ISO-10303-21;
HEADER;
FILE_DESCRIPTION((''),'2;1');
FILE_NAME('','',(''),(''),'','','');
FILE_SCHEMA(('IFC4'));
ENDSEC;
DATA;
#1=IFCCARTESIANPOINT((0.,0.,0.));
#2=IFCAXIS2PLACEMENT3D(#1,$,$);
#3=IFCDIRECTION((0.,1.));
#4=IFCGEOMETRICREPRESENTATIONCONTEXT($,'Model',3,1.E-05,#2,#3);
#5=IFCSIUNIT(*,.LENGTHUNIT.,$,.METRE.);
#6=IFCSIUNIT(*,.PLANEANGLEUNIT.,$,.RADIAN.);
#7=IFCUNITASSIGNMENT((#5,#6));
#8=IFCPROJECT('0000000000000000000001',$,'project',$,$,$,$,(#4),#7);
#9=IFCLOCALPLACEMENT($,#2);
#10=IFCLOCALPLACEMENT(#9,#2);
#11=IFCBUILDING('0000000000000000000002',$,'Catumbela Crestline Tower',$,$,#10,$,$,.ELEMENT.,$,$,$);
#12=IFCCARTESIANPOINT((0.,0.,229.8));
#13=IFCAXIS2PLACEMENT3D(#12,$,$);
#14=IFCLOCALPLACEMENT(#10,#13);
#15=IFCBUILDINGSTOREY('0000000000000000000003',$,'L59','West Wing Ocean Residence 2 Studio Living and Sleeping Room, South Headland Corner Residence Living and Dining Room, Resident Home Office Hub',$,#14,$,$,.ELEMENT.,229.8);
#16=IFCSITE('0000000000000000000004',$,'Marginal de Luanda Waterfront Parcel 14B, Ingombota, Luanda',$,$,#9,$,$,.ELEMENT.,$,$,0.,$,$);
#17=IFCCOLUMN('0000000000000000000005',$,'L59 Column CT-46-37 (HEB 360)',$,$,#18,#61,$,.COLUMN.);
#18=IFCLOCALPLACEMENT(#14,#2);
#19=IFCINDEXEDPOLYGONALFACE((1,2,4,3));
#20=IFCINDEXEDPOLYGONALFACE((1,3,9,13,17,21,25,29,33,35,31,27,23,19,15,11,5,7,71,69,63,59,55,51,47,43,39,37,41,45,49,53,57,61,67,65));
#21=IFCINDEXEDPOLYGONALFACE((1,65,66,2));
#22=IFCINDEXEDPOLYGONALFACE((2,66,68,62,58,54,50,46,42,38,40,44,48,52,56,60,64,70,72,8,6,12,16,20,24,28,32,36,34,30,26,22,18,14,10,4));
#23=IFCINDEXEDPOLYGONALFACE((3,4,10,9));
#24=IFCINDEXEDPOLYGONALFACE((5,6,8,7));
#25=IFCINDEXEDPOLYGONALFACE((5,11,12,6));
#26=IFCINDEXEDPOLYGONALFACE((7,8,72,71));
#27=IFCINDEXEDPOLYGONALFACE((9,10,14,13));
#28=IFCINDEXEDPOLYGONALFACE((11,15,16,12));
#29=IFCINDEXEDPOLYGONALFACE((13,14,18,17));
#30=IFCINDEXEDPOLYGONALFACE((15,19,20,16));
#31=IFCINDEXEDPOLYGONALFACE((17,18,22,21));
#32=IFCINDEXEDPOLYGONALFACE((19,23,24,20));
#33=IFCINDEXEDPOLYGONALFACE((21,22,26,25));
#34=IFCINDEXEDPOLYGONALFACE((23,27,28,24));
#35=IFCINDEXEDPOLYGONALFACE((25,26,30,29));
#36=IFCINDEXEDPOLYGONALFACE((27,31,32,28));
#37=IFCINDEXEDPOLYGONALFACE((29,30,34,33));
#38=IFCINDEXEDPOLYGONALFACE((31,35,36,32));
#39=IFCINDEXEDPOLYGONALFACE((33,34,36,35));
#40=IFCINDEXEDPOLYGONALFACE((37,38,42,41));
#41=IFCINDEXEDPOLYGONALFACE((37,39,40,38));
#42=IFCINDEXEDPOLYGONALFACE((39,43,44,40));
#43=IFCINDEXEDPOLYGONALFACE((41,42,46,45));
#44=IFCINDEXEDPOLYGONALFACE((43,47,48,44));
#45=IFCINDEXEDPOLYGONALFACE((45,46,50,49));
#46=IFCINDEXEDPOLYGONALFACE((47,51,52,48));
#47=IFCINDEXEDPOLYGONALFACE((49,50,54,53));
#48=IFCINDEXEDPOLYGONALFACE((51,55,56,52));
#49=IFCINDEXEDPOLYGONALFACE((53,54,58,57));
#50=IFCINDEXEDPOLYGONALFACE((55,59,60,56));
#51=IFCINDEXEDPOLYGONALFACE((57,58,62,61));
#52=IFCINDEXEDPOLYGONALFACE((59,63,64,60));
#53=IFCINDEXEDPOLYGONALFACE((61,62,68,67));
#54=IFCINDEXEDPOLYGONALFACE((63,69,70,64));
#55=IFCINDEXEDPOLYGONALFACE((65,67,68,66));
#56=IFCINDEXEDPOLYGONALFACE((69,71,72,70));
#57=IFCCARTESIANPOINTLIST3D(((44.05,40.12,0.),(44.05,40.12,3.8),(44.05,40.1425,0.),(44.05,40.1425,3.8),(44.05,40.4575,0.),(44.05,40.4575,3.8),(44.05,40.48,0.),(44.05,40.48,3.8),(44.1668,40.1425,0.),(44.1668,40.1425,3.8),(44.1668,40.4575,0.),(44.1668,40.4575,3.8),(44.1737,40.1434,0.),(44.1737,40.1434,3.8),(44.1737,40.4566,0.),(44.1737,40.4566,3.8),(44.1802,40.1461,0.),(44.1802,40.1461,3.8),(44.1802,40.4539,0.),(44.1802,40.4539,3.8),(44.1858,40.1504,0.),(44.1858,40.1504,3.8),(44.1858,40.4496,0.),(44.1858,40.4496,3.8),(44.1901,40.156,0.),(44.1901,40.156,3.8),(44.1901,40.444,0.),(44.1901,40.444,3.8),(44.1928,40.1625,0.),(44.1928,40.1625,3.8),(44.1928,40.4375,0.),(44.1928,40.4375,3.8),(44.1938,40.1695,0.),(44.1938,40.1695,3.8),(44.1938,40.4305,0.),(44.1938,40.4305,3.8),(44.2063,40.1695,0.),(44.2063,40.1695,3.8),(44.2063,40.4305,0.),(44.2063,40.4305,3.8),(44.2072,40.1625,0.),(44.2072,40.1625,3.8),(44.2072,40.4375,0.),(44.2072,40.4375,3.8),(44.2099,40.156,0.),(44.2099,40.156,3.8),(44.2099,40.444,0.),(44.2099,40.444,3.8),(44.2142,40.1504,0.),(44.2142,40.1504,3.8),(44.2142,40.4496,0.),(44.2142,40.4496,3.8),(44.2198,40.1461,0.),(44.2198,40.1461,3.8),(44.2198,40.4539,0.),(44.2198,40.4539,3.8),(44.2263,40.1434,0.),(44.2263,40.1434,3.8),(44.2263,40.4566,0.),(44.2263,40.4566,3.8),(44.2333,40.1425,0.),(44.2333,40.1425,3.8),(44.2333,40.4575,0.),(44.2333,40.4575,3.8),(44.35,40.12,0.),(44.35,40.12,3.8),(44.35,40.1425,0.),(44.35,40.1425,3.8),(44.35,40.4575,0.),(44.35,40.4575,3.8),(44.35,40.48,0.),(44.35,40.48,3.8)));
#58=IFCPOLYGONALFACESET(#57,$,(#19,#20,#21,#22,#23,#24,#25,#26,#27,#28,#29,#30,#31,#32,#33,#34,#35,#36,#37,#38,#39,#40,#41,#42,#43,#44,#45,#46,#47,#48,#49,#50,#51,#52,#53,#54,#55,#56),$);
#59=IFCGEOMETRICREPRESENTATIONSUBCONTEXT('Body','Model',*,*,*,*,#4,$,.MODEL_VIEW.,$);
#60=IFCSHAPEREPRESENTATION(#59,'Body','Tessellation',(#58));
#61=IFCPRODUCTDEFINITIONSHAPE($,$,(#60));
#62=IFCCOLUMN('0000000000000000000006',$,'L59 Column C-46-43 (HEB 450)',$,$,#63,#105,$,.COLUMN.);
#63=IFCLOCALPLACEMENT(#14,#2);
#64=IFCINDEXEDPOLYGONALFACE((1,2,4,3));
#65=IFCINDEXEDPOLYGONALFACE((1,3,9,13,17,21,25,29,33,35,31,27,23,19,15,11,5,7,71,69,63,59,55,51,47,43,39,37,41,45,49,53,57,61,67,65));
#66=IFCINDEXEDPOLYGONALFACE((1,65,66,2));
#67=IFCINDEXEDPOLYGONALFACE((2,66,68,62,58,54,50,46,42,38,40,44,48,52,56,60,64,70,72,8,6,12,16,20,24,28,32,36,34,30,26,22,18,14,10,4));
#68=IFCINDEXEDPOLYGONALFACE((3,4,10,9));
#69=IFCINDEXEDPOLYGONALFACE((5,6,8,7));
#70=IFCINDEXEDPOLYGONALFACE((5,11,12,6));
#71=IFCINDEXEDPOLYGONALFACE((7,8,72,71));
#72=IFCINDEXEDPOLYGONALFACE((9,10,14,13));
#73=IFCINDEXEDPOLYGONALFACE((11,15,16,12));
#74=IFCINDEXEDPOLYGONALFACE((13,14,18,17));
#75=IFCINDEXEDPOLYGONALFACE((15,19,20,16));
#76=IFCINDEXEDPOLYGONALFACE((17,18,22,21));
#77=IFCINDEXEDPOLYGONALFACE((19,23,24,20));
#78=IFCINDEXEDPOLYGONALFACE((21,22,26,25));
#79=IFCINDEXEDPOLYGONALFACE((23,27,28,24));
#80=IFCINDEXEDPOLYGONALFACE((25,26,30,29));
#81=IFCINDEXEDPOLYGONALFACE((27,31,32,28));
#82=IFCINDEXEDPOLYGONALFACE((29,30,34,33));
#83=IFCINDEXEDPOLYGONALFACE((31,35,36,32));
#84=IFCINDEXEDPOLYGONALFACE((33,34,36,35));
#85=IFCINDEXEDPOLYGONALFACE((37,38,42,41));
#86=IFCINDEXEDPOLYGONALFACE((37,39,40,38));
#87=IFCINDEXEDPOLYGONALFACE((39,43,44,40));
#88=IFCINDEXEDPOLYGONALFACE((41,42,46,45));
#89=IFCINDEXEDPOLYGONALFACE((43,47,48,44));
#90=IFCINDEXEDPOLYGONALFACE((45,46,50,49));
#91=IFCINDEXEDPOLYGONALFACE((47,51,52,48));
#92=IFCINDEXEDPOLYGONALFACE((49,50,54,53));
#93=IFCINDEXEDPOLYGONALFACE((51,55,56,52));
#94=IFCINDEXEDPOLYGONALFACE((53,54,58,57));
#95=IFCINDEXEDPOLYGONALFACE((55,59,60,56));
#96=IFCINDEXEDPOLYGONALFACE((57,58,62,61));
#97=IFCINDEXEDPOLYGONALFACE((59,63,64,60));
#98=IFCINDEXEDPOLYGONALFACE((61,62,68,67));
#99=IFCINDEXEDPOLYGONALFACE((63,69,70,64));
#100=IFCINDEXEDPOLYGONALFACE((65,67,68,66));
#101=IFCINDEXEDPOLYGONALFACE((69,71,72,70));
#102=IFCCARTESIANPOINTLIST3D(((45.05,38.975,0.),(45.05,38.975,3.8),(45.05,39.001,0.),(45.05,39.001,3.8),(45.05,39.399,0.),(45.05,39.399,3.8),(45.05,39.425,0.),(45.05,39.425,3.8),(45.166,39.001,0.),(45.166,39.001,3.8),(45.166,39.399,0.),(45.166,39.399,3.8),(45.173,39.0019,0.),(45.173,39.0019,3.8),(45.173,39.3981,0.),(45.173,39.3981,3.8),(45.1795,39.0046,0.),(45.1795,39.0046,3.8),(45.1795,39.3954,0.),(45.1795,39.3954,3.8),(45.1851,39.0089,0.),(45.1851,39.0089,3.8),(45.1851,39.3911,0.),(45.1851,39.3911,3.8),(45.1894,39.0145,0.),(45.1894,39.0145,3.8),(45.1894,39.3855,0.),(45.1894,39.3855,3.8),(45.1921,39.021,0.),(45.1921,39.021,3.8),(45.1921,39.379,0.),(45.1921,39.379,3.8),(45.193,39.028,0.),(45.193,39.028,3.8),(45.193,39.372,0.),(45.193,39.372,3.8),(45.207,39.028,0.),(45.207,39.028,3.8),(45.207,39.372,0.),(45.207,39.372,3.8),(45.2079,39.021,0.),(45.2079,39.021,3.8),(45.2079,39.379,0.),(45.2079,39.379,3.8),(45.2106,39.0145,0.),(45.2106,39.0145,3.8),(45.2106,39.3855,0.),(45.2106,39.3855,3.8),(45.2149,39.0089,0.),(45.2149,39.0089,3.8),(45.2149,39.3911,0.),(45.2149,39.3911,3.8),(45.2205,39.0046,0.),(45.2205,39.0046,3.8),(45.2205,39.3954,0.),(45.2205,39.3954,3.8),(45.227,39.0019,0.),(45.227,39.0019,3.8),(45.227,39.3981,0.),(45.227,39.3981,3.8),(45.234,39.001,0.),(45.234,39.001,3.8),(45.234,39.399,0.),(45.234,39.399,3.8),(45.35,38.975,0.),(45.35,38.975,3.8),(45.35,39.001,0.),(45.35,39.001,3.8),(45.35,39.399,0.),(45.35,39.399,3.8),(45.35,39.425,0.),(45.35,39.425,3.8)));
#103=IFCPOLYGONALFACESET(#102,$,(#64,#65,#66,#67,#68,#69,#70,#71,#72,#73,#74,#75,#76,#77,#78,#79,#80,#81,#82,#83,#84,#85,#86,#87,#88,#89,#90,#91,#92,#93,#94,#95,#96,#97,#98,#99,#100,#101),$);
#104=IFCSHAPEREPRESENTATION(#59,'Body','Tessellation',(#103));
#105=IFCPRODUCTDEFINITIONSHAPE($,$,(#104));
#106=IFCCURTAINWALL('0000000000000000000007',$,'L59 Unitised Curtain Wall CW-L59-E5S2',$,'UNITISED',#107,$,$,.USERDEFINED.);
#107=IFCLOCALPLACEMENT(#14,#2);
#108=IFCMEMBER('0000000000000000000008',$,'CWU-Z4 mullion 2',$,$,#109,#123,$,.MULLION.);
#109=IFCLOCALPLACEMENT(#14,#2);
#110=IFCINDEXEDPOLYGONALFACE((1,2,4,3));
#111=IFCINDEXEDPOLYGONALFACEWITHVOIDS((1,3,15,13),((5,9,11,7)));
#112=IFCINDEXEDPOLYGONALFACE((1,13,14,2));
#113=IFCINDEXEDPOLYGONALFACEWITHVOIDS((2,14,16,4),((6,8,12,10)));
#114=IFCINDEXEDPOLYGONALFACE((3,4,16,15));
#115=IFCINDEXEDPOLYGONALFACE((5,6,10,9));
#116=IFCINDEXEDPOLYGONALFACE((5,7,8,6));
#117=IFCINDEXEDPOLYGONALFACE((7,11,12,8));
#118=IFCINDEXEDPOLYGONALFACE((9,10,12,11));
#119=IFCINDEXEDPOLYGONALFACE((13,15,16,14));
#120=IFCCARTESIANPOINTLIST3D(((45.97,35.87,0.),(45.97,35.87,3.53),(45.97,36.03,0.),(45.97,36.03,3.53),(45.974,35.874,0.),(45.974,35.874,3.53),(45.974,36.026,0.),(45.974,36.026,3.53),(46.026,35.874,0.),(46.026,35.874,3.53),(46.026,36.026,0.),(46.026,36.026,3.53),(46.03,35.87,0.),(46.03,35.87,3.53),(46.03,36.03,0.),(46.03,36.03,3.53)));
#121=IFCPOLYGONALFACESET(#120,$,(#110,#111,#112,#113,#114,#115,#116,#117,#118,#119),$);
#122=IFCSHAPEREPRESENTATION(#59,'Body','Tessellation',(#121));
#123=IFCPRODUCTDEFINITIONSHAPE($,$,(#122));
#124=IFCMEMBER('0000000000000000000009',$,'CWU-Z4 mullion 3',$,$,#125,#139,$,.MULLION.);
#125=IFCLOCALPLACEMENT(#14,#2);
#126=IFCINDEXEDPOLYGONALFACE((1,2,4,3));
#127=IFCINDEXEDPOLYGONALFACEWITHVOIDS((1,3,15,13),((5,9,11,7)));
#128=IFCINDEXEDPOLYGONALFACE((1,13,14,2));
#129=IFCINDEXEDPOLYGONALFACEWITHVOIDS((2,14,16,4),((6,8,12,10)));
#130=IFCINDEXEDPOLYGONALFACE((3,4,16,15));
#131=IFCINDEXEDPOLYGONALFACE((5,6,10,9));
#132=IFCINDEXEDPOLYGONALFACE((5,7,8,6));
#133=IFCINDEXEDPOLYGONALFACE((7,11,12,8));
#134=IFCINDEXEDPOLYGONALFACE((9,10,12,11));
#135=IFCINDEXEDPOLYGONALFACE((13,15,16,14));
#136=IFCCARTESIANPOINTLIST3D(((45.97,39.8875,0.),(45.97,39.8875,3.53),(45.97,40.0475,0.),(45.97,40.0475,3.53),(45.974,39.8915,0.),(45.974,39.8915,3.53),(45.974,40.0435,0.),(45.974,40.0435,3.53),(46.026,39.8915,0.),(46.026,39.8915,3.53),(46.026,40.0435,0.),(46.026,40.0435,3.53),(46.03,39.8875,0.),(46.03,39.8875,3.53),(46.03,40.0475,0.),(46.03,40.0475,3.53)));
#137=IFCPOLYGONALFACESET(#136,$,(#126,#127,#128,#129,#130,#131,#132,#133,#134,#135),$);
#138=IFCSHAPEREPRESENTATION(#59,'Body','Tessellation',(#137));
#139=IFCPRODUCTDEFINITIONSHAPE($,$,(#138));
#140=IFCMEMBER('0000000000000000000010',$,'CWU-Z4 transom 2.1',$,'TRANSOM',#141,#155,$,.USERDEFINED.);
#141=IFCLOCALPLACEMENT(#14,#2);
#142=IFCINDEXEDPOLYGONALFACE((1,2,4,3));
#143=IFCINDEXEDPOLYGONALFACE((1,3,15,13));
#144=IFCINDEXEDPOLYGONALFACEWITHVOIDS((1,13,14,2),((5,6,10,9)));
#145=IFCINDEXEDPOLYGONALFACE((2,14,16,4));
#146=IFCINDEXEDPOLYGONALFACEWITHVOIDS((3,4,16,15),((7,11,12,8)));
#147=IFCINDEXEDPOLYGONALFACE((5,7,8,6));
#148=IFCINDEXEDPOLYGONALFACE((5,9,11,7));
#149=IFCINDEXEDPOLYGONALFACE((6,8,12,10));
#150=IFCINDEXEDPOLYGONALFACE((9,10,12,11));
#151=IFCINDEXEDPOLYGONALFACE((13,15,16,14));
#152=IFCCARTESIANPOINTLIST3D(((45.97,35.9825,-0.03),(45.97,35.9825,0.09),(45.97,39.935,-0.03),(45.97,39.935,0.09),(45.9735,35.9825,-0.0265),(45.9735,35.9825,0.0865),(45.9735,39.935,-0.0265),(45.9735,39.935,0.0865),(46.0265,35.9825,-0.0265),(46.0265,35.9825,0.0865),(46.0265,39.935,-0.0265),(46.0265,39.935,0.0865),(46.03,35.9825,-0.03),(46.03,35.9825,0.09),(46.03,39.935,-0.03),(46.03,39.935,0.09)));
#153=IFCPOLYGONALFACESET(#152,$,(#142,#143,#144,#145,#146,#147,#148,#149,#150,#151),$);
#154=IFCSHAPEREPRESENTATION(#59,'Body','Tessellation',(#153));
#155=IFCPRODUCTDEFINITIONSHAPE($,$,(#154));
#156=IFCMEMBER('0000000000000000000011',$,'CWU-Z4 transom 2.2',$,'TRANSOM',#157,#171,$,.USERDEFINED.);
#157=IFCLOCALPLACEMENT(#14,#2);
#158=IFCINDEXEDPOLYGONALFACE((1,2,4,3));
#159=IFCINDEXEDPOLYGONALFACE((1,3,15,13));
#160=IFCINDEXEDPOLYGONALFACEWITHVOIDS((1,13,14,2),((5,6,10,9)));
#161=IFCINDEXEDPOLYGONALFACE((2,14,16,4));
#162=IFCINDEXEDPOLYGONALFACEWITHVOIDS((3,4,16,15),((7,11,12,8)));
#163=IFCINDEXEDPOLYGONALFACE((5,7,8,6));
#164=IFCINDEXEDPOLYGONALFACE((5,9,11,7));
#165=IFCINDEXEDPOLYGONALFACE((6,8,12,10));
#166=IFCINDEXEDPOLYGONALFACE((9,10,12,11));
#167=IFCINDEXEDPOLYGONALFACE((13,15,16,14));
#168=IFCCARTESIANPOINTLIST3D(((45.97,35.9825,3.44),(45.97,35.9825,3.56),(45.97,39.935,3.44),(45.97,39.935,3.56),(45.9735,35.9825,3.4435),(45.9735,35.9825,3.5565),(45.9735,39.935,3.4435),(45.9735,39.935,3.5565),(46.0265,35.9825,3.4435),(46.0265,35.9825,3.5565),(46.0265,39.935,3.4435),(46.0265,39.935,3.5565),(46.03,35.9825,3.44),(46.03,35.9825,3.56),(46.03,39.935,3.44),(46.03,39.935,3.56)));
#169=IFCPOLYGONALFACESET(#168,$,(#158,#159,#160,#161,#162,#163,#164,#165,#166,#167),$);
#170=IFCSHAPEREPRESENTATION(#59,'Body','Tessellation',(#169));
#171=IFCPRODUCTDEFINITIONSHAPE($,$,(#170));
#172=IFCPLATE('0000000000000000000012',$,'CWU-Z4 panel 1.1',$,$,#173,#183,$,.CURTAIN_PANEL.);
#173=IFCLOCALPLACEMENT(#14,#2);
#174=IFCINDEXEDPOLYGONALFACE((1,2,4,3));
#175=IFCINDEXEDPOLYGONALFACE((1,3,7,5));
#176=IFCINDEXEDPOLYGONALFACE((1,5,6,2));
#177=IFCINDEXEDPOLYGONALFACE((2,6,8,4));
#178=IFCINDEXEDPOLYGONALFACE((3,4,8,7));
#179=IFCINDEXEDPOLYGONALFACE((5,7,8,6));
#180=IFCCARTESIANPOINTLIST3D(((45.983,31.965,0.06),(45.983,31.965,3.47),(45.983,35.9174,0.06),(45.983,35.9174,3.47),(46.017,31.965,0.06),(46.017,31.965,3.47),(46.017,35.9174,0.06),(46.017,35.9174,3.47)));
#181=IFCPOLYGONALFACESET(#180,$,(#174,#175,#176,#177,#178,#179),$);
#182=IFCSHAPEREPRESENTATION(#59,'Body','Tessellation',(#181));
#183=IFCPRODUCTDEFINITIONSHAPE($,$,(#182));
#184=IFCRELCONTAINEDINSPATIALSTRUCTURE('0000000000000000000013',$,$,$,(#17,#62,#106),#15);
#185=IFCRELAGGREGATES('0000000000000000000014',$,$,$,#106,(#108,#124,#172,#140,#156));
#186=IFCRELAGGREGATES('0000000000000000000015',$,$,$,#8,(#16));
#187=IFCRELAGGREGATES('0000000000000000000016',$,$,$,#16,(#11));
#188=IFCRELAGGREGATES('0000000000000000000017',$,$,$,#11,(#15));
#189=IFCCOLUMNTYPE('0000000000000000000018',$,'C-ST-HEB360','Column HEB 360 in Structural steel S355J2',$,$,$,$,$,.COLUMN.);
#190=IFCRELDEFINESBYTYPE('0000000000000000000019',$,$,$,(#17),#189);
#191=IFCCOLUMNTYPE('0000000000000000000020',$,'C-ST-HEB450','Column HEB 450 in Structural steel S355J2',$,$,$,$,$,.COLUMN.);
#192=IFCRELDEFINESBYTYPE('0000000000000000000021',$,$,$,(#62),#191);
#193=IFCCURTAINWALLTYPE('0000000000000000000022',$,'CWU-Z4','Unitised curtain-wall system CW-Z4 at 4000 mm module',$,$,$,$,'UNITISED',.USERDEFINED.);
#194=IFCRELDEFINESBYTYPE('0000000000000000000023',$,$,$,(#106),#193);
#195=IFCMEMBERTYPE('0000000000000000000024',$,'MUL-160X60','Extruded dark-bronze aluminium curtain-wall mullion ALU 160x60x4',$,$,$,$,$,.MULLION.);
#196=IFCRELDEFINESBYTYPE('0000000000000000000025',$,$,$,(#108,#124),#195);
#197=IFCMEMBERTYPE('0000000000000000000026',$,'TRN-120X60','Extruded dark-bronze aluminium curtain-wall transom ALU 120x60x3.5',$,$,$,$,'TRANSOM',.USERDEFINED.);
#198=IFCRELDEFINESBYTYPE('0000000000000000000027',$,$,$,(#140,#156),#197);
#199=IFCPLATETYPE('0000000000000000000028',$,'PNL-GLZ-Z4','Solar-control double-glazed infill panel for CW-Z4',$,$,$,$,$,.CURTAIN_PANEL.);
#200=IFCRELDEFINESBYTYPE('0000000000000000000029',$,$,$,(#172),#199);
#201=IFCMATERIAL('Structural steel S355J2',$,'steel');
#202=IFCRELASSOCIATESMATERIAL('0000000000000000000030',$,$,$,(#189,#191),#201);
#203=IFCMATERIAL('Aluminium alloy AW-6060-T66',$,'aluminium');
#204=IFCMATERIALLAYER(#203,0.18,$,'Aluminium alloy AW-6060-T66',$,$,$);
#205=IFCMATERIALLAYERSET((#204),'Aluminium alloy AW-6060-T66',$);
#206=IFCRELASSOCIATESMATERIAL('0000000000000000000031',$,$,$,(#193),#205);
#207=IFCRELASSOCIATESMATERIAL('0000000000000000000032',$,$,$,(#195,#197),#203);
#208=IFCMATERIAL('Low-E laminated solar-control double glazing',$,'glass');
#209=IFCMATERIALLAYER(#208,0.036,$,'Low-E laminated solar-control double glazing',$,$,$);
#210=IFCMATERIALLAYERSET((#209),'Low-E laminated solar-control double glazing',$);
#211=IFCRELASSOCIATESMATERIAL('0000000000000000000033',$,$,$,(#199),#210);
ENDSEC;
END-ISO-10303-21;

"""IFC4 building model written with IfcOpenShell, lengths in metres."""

from ifc_helpers import new_model, si_unit, direction, frame, origin, origin_2d, place, context, subcontext, project, spatial, rectangle, hollow_rectangle, i_section, extrude, material, layer, layer_set, material_profile, profile_set, type_object, element, aggregate, save


model = new_model("IFC4")

# Units and contexts
model_context = context("Model", 3, precision=1e-05, world=origin(), true_north=direction((0.0, 1.0)))
body_context = subcontext(model_context, "Body", "Model", "MODEL_VIEW")
ifc_project = project(units=[si_unit("LENGTHUNIT", "METRE"), si_unit("PLANEANGLEUNIT", "RADIAN")], contexts=[model_context])

# Site, building, storey
site_placement = place(None, origin())
site = spatial("IfcSite", under=ifc_project, at=site_placement, Name="Marginal de Luanda Waterfront Parcel 14B, Ingombota, Luanda", CompositionType="ELEMENT", RefElevation=0.0)
building_placement = place(site_placement, origin())
building = spatial("IfcBuilding", under=site, at=building_placement, Name="Catumbela Crestline Tower", CompositionType="ELEMENT")
storey_placement = place(building_placement, frame((0.0, 0.0, 229.8)))
storey = spatial("IfcBuildingStorey", under=building, at=storey_placement, Name="L59", Description="West Wing Ocean Residence 2 Studio Living and Sleeping Room, South Headland Corner Residence Living and Dining Room, Resident Home Office Hub", CompositionType="ELEMENT", Elevation=229.8)

# Columns
ifc_material_1 = material(Name="Structural steel S355J2", Category="steel")
ifc_material_profile_1 = material_profile(ifc_material_1, i_section(OverallWidth=0.3, OverallDepth=0.36, WebThickness=0.0125, FlangeThickness=0.0225, FilletRadius=0.027, at=origin_2d()), Name="HEB 360")
ifc_profile_set_1 = profile_set([ifc_material_profile_1], Name="Structural steel S355J2")
column_type_1 = type_object("IfcColumnType", Name="C-ST-HEB360", Description="Column HEB 360 in Structural steel S355J2", PredefinedType="COLUMN", material=ifc_profile_set_1)
column_1_placement = place(storey_placement, frame((44.2, 40.3, 0.0), z_axis=(0.0, 0.0, 1.0), x_axis=(1.0, 0.0, 0.0)))
element("IfcColumn", 1, at=column_1_placement, inside=storey, type_object=column_type_1, Name="L59 Column CT-46-37 (HEB 360)", PredefinedType="COLUMN", context=body_context, shape_type="SweptSolid", body=[
    extrude(i_section(OverallWidth=0.3, OverallDepth=0.36, WebThickness=0.0125, FlangeThickness=0.0225, FilletRadius=0.027, at=origin_2d()), origin(), (0.0, 0.0, 1.0), 3.8),
])
ifc_material_profile_2 = material_profile(ifc_material_1, i_section(OverallWidth=0.3, OverallDepth=0.45, WebThickness=0.014, FlangeThickness=0.026, FilletRadius=0.027, at=origin_2d()), Name="HEB 450")
ifc_profile_set_2 = profile_set([ifc_material_profile_2], Name="Structural steel S355J2")
column_type_2 = type_object("IfcColumnType", Name="C-ST-HEB450", Description="Column HEB 450 in Structural steel S355J2", PredefinedType="COLUMN", material=ifc_profile_set_2)
column_2_placement = place(storey_placement, frame((45.2, 39.2, 0.0), z_axis=(0.0, 0.0, 1.0), x_axis=(1.0, 0.0, 0.0)))
element("IfcColumn", 2, at=column_2_placement, inside=storey, type_object=column_type_2, Name="L59 Column C-46-43 (HEB 450)", PredefinedType="COLUMN", context=body_context, shape_type="SweptSolid", body=[
    extrude(i_section(OverallWidth=0.3, OverallDepth=0.45, WebThickness=0.014, FlangeThickness=0.026, FilletRadius=0.027, at=origin_2d()), origin(), (0.0, 0.0, 1.0), 3.8),
])

# Curtain wall, members, plate
ifc_material_2 = material(Name="Aluminium alloy AW-6060-T66", Category="aluminium")
ifc_layer_1 = layer(ifc_material_2, 0.18, Name="Aluminium alloy AW-6060-T66")
ifc_layer_set_1 = layer_set([ifc_layer_1], Name="Aluminium alloy AW-6060-T66")
curtain_wall_type = type_object("IfcCurtainWallType", Name="CWU-Z4", Description="Unitised curtain-wall system CW-Z4 at 4000 mm module", ElementType="UNITISED", PredefinedType="USERDEFINED", material=ifc_layer_set_1)
curtain_wall_placement = place(storey_placement, origin())
curtain_wall = element("IfcCurtainWall", 3, at=curtain_wall_placement, inside=storey, type_object=curtain_wall_type, Name="L59 Unitised Curtain Wall CW-L59-E5S2", ObjectType="UNITISED", PredefinedType="USERDEFINED")
ifc_material_profile_3 = material_profile(ifc_material_2, hollow_rectangle(XDim=0.06, YDim=0.16, WallThickness=0.004, at=origin_2d()), Name="ALU 160x60x4")
ifc_profile_set_3 = profile_set([ifc_material_profile_3], Name="Aluminium alloy AW-6060-T66")
member_type_1 = type_object("IfcMemberType", Name="MUL-160X60", Description="Extruded dark-bronze aluminium curtain-wall mullion ALU 160x60x4", PredefinedType="MULLION", material=ifc_profile_set_3)
member_1_placement = place(storey_placement, frame((46.0, 35.95, 0.0), z_axis=(0.0, 0.0, 1.0), x_axis=(-1.0, 0.0, 0.0)))
member_1 = element("IfcMember", 4, at=member_1_placement, type_object=member_type_1, Name="CWU-Z4 mullion 2", PredefinedType="MULLION", context=body_context, shape_type="SweptSolid", body=[
    extrude(hollow_rectangle(XDim=0.06, YDim=0.16, WallThickness=0.004, at=origin_2d()), origin(), (0.0, 0.0, 1.0), 3.53),
])
member_2_placement = place(storey_placement, frame((46.0, 39.9675, 0.0), z_axis=(0.0, 0.0, 1.0), x_axis=(-1.0, 0.0, 0.0)))
member_2 = element("IfcMember", 5, at=member_2_placement, type_object=member_type_1, Name="CWU-Z4 mullion 3", PredefinedType="MULLION", context=body_context, shape_type="SweptSolid", body=[
    extrude(hollow_rectangle(XDim=0.06, YDim=0.16, WallThickness=0.004, at=origin_2d()), origin(), (0.0, 0.0, 1.0), 3.53),
])
ifc_material_profile_4 = material_profile(ifc_material_2, hollow_rectangle(XDim=0.06, YDim=0.12, WallThickness=0.0035, at=origin_2d()), Name="ALU 120x60x3.5")
ifc_profile_set_4 = profile_set([ifc_material_profile_4], Name="Aluminium alloy AW-6060-T66")
member_type_2 = type_object("IfcMemberType", Name="TRN-120X60", Description="Extruded dark-bronze aluminium curtain-wall transom ALU 120x60x3.5", ElementType="TRANSOM", PredefinedType="USERDEFINED", material=ifc_profile_set_4)
member_3_placement = place(storey_placement, frame((46.0, 35.9825, 0.03), z_axis=(0.0, 1.0, 0.0), x_axis=(-1.0, 0.0, 0.0)))
member_3 = element("IfcMember", 6, at=member_3_placement, type_object=member_type_2, Name="CWU-Z4 transom 2.1", ObjectType="TRANSOM", PredefinedType="USERDEFINED", context=body_context, shape_type="SweptSolid", body=[
    extrude(hollow_rectangle(XDim=0.06, YDim=0.12, WallThickness=0.0035, at=origin_2d()), origin(), (0.0, 0.0, 1.0), 3.9525),
])
member_4_placement = place(storey_placement, frame((46.0, 35.9825, 3.5), z_axis=(0.0, 1.0, 0.0), x_axis=(-1.0, 0.0, 0.0)))
member_4 = element("IfcMember", 7, at=member_4_placement, type_object=member_type_2, Name="CWU-Z4 transom 2.2", ObjectType="TRANSOM", PredefinedType="USERDEFINED", context=body_context, shape_type="SweptSolid", body=[
    extrude(hollow_rectangle(XDim=0.06, YDim=0.12, WallThickness=0.0035, at=origin_2d()), origin(), (0.0, 0.0, 1.0), 3.9525),
])
ifc_material_3 = material(Name="Low-E laminated solar-control double glazing", Category="glass")
ifc_layer_2 = layer(ifc_material_3, 0.036, Name="Low-E laminated solar-control double glazing")
ifc_layer_set_2 = layer_set([ifc_layer_2], Name="Low-E laminated solar-control double glazing")
plate_type = type_object("IfcPlateType", Name="PNL-GLZ-Z4", Description="Solar-control double-glazed infill panel for CW-Z4", PredefinedType="CURTAIN_PANEL", material=ifc_layer_set_2)
plate_1_placement = place(storey_placement, frame((46.0, 33.9412, 0.06), z_axis=(0.0, 0.0, 1.0), x_axis=(0.0, 1.0, 0.0)))
plate_1 = element("IfcPlate", 8, at=plate_1_placement, type_object=plate_type, Name="CWU-Z4 panel 1.1", PredefinedType="CURTAIN_PANEL", context=body_context, shape_type="SweptSolid", body=[
    extrude(rectangle(XDim=3.9525, YDim=0.034, at=origin_2d()), origin(), (0.0, 0.0, 1.0), 3.41),
])
aggregate(curtain_wall, [member_1, member_2, plate_1, member_3, member_4])

save(model, "model.ifc")
